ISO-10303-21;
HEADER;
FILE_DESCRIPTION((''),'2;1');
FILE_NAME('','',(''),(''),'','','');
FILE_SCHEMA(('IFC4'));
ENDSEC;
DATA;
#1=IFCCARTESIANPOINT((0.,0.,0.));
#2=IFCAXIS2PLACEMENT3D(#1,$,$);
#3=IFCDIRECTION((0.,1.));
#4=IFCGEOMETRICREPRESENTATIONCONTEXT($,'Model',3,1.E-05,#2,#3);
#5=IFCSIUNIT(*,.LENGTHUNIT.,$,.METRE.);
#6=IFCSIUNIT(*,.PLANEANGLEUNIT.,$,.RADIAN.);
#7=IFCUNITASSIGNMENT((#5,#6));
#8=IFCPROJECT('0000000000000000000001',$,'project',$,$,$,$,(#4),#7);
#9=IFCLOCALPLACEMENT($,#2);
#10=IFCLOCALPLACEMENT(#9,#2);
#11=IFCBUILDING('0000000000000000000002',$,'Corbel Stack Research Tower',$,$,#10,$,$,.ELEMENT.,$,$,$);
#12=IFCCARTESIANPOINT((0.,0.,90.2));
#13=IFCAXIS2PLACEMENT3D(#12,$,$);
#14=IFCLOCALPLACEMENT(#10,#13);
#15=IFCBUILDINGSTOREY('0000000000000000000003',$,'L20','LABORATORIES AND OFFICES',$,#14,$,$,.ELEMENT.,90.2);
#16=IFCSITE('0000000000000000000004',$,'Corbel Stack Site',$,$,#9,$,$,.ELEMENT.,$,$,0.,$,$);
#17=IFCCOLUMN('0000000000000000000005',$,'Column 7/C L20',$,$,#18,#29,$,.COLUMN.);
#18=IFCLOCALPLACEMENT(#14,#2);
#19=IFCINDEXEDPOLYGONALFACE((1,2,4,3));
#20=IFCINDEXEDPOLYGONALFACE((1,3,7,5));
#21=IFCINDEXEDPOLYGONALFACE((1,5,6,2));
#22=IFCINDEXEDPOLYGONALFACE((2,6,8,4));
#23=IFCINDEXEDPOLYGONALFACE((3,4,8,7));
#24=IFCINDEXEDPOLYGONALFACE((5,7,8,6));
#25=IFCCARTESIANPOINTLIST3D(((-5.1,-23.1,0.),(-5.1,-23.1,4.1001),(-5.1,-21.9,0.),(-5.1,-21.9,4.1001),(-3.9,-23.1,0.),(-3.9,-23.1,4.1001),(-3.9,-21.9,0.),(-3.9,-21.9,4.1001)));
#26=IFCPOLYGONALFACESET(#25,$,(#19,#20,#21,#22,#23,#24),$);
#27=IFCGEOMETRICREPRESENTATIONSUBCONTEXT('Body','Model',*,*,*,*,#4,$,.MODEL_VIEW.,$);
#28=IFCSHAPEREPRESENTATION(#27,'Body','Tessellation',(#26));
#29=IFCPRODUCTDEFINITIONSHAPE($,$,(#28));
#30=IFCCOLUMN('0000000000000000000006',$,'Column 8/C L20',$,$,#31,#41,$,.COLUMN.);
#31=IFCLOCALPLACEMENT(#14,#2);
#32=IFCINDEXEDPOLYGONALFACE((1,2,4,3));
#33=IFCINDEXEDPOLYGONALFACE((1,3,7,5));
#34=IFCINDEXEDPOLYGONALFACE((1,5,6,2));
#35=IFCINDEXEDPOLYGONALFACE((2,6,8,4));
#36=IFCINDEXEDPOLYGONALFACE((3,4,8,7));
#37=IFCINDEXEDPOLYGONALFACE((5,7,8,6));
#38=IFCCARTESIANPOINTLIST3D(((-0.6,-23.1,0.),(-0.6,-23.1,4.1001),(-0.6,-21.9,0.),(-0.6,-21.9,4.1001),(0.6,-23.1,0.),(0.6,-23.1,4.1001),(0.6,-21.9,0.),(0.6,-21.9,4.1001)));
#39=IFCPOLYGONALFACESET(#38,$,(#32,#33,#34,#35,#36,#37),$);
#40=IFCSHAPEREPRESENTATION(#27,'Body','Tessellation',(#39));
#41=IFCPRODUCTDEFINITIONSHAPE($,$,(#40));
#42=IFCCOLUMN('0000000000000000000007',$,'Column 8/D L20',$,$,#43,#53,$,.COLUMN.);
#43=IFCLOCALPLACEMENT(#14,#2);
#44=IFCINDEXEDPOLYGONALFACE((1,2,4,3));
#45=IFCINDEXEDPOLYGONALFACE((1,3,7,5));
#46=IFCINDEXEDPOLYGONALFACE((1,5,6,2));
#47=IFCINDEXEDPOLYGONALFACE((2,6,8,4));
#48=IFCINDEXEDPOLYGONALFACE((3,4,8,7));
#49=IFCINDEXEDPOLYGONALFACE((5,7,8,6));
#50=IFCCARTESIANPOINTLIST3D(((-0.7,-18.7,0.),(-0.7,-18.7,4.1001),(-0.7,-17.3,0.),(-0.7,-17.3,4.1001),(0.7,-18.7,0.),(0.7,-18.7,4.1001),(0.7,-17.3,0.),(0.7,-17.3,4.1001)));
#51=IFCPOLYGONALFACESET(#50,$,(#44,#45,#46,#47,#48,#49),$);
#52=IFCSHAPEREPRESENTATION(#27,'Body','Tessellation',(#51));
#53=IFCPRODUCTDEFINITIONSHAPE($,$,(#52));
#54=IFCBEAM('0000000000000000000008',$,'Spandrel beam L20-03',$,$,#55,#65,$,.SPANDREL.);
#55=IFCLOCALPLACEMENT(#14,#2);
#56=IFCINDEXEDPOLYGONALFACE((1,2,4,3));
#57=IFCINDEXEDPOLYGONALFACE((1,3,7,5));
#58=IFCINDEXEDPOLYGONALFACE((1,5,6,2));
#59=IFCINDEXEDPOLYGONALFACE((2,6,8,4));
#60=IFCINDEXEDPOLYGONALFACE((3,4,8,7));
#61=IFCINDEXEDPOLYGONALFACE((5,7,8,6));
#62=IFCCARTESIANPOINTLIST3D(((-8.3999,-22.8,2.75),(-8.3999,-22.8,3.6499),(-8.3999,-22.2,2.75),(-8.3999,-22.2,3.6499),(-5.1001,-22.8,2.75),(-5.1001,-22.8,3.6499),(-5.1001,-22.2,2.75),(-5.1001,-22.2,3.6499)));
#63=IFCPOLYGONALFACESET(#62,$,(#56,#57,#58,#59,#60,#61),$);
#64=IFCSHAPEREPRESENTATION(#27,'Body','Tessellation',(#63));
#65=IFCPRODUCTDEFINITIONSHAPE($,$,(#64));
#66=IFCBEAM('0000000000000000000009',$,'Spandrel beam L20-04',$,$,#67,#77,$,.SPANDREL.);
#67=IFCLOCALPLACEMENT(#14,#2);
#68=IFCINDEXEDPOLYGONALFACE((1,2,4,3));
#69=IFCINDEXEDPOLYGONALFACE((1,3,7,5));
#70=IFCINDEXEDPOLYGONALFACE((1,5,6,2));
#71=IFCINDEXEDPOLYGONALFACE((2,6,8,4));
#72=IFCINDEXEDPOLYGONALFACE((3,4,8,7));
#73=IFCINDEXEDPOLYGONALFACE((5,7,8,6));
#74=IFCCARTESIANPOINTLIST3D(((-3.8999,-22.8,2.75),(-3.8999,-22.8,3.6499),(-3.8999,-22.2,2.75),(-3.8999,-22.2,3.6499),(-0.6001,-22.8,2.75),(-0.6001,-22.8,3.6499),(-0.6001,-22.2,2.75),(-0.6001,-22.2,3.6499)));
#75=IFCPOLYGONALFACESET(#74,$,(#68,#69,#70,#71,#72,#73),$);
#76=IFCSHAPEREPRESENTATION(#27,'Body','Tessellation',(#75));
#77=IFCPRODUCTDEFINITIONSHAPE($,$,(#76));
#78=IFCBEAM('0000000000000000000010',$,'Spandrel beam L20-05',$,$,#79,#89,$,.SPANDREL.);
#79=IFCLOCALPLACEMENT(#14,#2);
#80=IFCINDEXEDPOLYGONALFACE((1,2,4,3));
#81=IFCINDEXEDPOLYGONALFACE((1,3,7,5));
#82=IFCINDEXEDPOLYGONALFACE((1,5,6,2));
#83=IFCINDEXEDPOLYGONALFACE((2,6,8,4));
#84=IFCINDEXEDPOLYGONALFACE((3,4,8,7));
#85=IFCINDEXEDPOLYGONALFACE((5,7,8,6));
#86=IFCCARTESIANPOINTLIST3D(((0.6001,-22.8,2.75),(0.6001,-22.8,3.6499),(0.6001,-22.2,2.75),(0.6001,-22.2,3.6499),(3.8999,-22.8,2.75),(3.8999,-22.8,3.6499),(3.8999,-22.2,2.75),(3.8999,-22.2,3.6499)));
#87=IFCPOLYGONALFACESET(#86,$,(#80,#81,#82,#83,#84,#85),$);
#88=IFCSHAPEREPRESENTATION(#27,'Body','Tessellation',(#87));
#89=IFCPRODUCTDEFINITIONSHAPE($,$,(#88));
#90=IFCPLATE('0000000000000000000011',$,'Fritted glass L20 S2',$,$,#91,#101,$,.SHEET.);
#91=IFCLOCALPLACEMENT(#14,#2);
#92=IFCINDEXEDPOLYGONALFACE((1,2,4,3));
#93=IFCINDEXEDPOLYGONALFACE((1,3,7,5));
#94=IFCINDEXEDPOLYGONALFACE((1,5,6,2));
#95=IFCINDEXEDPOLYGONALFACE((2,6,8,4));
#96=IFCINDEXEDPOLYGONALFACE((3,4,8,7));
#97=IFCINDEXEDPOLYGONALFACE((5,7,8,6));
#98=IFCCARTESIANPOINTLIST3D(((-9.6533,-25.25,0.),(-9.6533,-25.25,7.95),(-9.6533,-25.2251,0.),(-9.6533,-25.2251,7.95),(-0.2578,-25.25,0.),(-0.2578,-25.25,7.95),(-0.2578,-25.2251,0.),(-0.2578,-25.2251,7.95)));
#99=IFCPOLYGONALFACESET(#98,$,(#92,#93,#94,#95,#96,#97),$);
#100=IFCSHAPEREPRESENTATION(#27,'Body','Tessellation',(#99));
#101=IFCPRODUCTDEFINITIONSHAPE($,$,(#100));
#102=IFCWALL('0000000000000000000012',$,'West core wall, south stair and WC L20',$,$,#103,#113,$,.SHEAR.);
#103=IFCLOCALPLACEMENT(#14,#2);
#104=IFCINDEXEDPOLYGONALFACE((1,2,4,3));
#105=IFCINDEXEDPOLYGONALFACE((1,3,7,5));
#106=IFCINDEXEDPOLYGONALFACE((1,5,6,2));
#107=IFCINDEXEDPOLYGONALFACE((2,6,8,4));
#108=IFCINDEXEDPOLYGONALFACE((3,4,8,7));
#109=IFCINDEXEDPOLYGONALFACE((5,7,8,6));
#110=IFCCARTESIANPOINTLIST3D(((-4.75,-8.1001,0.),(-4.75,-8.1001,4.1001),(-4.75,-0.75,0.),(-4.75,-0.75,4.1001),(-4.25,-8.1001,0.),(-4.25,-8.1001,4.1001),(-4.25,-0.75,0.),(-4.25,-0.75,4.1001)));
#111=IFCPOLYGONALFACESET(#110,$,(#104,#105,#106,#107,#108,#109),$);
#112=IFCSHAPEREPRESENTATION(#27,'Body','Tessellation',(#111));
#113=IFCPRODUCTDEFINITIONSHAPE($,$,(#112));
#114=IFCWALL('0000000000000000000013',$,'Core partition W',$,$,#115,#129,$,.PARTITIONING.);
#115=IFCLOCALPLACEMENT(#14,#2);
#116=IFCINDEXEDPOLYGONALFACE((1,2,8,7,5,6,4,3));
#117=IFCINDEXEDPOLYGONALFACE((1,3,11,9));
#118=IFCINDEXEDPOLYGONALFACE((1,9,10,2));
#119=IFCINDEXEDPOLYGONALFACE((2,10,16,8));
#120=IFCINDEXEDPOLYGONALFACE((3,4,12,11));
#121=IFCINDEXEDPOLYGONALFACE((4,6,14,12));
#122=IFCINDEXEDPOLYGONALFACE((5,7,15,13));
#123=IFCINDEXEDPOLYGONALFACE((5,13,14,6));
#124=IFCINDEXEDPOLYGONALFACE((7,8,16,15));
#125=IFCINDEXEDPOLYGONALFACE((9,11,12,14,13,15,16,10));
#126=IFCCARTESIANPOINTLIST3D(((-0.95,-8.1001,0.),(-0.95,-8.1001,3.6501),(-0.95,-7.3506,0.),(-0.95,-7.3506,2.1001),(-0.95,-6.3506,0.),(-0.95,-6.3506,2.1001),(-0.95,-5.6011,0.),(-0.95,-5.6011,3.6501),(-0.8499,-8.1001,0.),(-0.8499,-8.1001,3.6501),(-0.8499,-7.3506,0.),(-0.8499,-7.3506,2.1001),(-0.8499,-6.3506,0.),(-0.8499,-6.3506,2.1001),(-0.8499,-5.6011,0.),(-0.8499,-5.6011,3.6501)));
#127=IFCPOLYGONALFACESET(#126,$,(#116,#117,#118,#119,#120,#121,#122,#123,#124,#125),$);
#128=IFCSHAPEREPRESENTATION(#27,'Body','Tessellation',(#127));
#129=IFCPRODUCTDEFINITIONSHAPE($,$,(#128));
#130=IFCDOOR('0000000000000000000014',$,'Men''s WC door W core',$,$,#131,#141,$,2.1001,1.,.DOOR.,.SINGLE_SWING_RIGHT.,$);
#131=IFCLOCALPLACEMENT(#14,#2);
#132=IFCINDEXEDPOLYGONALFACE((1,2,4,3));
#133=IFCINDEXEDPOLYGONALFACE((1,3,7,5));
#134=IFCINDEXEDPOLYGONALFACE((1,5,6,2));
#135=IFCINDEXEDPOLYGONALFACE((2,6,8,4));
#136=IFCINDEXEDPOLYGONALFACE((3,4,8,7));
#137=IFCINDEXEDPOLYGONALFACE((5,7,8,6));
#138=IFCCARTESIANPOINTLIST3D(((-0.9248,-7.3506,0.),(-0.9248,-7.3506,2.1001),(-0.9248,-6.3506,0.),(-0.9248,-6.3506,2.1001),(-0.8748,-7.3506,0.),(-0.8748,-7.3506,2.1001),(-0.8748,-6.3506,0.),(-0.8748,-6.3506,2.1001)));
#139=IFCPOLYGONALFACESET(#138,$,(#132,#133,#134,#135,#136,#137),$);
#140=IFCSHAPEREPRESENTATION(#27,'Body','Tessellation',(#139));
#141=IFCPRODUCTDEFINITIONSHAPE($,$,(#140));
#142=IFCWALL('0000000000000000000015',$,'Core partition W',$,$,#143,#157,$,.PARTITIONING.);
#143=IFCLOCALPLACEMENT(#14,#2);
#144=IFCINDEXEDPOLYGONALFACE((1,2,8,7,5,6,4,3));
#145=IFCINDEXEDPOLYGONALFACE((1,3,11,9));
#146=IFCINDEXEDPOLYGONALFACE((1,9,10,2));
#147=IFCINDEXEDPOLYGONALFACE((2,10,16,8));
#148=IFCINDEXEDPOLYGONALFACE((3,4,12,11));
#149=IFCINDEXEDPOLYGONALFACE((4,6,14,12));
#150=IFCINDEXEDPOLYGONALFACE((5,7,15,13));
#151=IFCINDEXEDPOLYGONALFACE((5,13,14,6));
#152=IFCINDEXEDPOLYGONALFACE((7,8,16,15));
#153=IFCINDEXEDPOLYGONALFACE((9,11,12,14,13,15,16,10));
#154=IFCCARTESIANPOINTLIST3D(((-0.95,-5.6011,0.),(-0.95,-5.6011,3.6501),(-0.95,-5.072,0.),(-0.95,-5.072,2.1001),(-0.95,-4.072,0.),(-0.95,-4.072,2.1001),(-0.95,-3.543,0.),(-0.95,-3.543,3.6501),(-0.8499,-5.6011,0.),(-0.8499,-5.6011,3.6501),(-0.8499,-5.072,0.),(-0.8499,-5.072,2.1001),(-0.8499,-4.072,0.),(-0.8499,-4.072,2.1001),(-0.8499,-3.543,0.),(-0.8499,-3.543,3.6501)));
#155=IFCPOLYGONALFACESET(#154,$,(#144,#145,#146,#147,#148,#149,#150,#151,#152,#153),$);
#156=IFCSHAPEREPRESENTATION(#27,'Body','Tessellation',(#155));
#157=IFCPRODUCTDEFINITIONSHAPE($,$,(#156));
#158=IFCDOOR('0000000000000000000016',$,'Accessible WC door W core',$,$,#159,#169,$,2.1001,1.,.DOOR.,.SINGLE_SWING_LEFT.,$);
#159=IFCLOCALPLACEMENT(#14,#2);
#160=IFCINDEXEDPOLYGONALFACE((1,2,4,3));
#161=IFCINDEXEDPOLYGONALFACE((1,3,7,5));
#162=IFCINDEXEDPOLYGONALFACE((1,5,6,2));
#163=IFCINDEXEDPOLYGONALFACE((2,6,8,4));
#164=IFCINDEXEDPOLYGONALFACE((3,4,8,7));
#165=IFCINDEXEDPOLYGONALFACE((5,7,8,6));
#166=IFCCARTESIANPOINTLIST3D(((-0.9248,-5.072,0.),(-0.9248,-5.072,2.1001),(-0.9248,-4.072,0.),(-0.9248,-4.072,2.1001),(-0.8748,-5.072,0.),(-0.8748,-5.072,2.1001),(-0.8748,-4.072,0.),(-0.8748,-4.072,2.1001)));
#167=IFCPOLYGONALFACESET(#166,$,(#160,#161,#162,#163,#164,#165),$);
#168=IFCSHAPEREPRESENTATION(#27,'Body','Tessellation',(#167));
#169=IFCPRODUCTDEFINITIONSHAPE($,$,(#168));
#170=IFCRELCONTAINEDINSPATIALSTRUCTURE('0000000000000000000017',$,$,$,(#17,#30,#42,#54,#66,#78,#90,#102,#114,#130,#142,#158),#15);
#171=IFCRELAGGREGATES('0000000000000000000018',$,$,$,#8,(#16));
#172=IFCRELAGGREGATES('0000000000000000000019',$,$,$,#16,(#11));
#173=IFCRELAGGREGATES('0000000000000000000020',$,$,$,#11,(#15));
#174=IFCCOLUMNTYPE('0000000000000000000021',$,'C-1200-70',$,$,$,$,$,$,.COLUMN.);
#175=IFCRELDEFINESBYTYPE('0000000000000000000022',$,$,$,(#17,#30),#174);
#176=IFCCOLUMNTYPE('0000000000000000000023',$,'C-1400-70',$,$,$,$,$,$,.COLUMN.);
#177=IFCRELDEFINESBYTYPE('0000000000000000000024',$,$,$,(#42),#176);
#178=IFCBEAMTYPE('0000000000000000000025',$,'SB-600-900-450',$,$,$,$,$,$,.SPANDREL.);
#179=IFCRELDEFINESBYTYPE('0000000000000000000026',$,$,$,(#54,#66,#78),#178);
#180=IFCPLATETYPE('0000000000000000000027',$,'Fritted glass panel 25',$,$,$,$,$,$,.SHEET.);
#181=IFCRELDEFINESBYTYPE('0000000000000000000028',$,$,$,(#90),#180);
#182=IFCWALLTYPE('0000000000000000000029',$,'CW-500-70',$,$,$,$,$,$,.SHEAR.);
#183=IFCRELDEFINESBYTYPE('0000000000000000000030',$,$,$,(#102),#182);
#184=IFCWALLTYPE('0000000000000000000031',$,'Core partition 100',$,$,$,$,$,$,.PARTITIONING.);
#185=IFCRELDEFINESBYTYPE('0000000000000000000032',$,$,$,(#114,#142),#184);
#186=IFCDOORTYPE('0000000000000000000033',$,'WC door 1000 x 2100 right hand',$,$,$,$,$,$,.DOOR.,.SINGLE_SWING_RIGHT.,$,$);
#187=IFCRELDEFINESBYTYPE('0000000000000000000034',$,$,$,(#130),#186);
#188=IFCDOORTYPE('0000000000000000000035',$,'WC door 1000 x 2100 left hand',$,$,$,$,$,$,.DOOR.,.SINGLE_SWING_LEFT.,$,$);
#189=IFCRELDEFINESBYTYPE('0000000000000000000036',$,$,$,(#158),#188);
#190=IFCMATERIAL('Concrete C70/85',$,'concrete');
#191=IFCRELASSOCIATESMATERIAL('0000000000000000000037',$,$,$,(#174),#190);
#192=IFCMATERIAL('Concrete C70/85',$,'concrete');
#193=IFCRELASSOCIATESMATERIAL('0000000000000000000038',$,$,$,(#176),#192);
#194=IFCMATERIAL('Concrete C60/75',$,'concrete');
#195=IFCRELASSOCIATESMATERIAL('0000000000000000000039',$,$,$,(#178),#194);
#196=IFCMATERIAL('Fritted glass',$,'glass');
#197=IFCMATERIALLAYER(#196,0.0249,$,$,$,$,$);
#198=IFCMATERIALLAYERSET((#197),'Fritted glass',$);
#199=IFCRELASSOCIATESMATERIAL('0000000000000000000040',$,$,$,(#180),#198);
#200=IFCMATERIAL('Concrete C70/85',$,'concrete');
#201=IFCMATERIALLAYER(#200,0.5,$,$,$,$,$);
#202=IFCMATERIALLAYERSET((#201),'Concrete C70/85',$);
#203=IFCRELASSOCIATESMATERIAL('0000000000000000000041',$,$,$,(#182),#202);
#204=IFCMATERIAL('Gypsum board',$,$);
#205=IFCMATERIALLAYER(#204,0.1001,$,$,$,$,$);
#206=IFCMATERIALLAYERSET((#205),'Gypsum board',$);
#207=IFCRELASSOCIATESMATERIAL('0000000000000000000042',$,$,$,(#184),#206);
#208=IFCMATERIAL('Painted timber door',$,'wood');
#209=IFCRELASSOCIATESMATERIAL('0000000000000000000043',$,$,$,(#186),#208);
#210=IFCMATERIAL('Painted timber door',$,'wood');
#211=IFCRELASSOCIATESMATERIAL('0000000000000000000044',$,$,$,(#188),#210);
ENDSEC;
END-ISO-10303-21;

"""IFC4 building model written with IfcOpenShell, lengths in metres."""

from ifc_helpers import new_model, si_unit, direction, frame, frame_2d, origin, origin_2d, place, context, subcontext, project, spatial, rectangle, extrude, material, layer, layer_set, material_profile, profile_set, type_object, element, fill, save


model = new_model("IFC4")

# Units and contexts
model_context = context("Model", 3, precision=1e-05, world=origin(), true_north=direction((0.0, 1.0)))
body_context = subcontext(model_context, "Body", "Model", "MODEL_VIEW")
ifc_project = project(units=[si_unit("LENGTHUNIT", "METRE"), si_unit("PLANEANGLEUNIT", "RADIAN")], contexts=[model_context])

# Site, building, storey
site_placement = place(None, origin())
site = spatial("IfcSite", under=ifc_project, at=site_placement, Name="Corbel Stack Site", CompositionType="ELEMENT", RefElevation=0.0)
building_placement = place(site_placement, origin())
building = spatial("IfcBuilding", under=site, at=building_placement, Name="Corbel Stack Research Tower", CompositionType="ELEMENT")
storey_placement = place(building_placement, frame((0.0, 0.0, 90.2)))
storey = spatial("IfcBuildingStorey", under=building, at=storey_placement, Name="L20", Description="LABORATORIES AND OFFICES", CompositionType="ELEMENT", Elevation=90.2)

# Columns
ifc_material_1 = material(Name="Concrete C70/85", Category="concrete")
ifc_material_profile_1 = material_profile(ifc_material_1, rectangle(XDim=1.2, YDim=1.2, at=origin_2d()), Name="RC 1200 x 1200")
ifc_profile_set_1 = profile_set([ifc_material_profile_1], Name="Concrete C70/85")
column_type_1 = type_object("IfcColumnType", Name="C-1200-70", PredefinedType="COLUMN", material=ifc_profile_set_1)
for number, where, z_axis, x_axis, name in (
    (1, (-4.5, -22.5, 0.0), (0.0, 0.0, 1.0), (1.0, 0.0, 0.0), "Column 7/C L20"),
    (2, (0.0, -22.5, 0.0), (0.0, 0.0, 1.0), (1.0, 0.0, 0.0), "Column 8/C L20"),
):
    element("IfcColumn", number, at=place(storey_placement, frame(where, z_axis=z_axis, x_axis=x_axis)), inside=storey, type_object=column_type_1, Name=name, PredefinedType="COLUMN", context=body_context, shape_type="SweptSolid", body=[
        extrude(rectangle(XDim=1.2, YDim=1.2, at=origin_2d()), origin(), (0.0, 0.0, 1.0), 4.1001),
    ])
ifc_material_2 = material(Name="Concrete C70/85", Category="concrete")
ifc_material_profile_2 = material_profile(ifc_material_2, rectangle(XDim=1.3999, YDim=1.3999, at=origin_2d()), Name="RC 1400 x 1400")
ifc_profile_set_2 = profile_set([ifc_material_profile_2], Name="Concrete C70/85")
column_type_2 = type_object("IfcColumnType", Name="C-1400-70", PredefinedType="COLUMN", material=ifc_profile_set_2)
column_placement = place(storey_placement, frame((0.0, -18.0, 0.0), z_axis=(0.0, 0.0, 1.0), x_axis=(1.0, 0.0, 0.0)))
element("IfcColumn", 3, at=column_placement, inside=storey, type_object=column_type_2, Name="Column 8/D L20", PredefinedType="COLUMN", context=body_context, shape_type="SweptSolid", body=[
    extrude(rectangle(XDim=1.3999, YDim=1.3999, at=origin_2d()), origin(), (0.0, 0.0, 1.0), 4.1001),
])

# Beams
ifc_material_3 = material(Name="Concrete C60/75", Category="concrete")
ifc_material_profile_3 = material_profile(ifc_material_3, rectangle(XDim=0.6001, YDim=0.8999, at=origin_2d()), Name="RC 600 x 900")
ifc_profile_set_3 = profile_set([ifc_material_profile_3], Name="Concrete C60/75")
beam_type = type_object("IfcBeamType", Name="SB-600-900-450", PredefinedType="SPANDREL", material=ifc_profile_set_3)
for number, where, z_axis, x_axis, name in (
    (4, (-8.3999, -22.5, 3.2), (1.0, 0.0, 0.0), (0.0, 1.0, 0.0), "Spandrel beam L20-03"),
    (5, (-3.8999, -22.5, 3.2), (1.0, 0.0, 0.0), (0.0, 1.0, 0.0), "Spandrel beam L20-04"),
    (6, (0.6001, -22.5, 3.2), (1.0, 0.0, 0.0), (0.0, 1.0, 0.0), "Spandrel beam L20-05"),
):
    element("IfcBeam", number, at=place(storey_placement, frame(where, z_axis=z_axis, x_axis=x_axis)), inside=storey, type_object=beam_type, Name=name, PredefinedType="SPANDREL", context=body_context, shape_type="SweptSolid", body=[
        extrude(rectangle(XDim=0.6001, YDim=0.8999, at=origin_2d()), origin(), (0.0, 0.0, 1.0), 3.2998),
    ])

# Plate
ifc_material_4 = material(Name="Fritted glass", Category="glass")
ifc_layer_1 = layer(ifc_material_4, 0.0249)
ifc_layer_set_1 = layer_set([ifc_layer_1], Name="Fritted glass")
plate_type = type_object("IfcPlateType", Name="Fritted glass panel 25", PredefinedType="SHEET", material=ifc_layer_set_1)
plate_placement = place(storey_placement, frame((-4.9556, -25.2375, 0.0), z_axis=(0.0, 0.0, 1.0), x_axis=(1.0, 0.0, 0.0)))
element("IfcPlate", 7, at=plate_placement, inside=storey, type_object=plate_type, Name="Fritted glass L20 S2", PredefinedType="SHEET", context=body_context, shape_type="SweptSolid", body=[
    extrude(rectangle(XDim=9.3955, YDim=0.0249, at=origin_2d()), origin(), (0.0, 0.0, 1.0), 7.95),
])

# Wall
ifc_material_5 = material(Name="Concrete C70/85", Category="concrete")
ifc_layer_2 = layer(ifc_material_5, 0.5)
ifc_layer_set_2 = layer_set([ifc_layer_2], Name="Concrete C70/85")
wall_type_1 = type_object("IfcWallType", Name="CW-500-70", PredefinedType="SHEAR", material=ifc_layer_set_2)
wall_1_placement = place(storey_placement, frame((-4.5, -8.1001, 0.0), z_axis=(0.0, 0.0, 1.0), x_axis=(0.0, 1.0, 0.0)))
element("IfcWall", 8, at=wall_1_placement, inside=storey, type_object=wall_type_1, Name="West core wall, south stair and WC L20", PredefinedType="SHEAR", context=body_context, shape_type="SweptSolid", body=[
    extrude(rectangle(XDim=7.3501, YDim=0.5, at=frame_2d((3.675, 0.0))), origin(), (0.0, 0.0, 1.0), 4.1001),
])

# Walls, openings, doors
ifc_material_6 = material(Name="Gypsum board")
ifc_layer_3 = layer(ifc_material_6, 0.1001)
ifc_layer_set_3 = layer_set([ifc_layer_3], Name="Gypsum board")
wall_type_2 = type_object("IfcWallType", Name="Core partition 100", PredefinedType="PARTITIONING", material=ifc_layer_set_3)
wall_2_placement = place(storey_placement, frame((-0.8999, -8.1001, 0.0), z_axis=(0.0, 0.0, 1.0), x_axis=(0.0, 1.0, 0.0)))
wall_2 = element("IfcWall", 9, at=wall_2_placement, inside=storey, type_object=wall_type_2, Name="Core partition W", PredefinedType="PARTITIONING", context=body_context, shape_type="SweptSolid", body=[
    extrude(rectangle(XDim=2.499, YDim=0.1001, at=frame_2d((1.2495, 0.0))), origin(), (0.0, 0.0, 1.0), 3.6501),
])
opening_1_placement = place(wall_2_placement, frame((0.7495, 0.0, 0.0)))
opening_1 = element("IfcOpeningElement", 10, at=opening_1_placement, cuts=wall_2, PredefinedType="OPENING", context=body_context, shape_type="SweptSolid", body=[
    extrude(rectangle(XDim=1.0, YDim=2.1001, at=frame_2d((0.5, 1.05))), frame((0.0, 0.0601, 0.0), z_axis=(0.0, -1.0, 0.0), x_axis=(1.0, 0.0, 0.0)), (0.0, 0.0, 1.0), 0.1201),
])
ifc_material_7 = material(Name="Painted timber door", Category="wood")
door_type_1 = type_object("IfcDoorType", Name="WC door 1000 x 2100 right hand", OperationType="SINGLE_SWING_RIGHT", PredefinedType="DOOR", material=ifc_material_7)
door_1_placement = place(opening_1_placement, origin())
door_1 = element("IfcDoor", 11, at=door_1_placement, inside=storey, type_object=door_type_1, Name="Men's WC door W core", OperationType="SINGLE_SWING_RIGHT", OverallHeight=2.1001, OverallWidth=1.0, PredefinedType="DOOR", context=body_context, shape_type="SweptSolid", body=[
    extrude(rectangle(XDim=1.0, YDim=2.1001, at=frame_2d((0.5, 1.05))), frame((0.0, 0.0249, 0.0), z_axis=(0.0, -1.0, 0.0), x_axis=(1.0, 0.0, 0.0)), (0.0, 0.0, 1.0), 0.05),
])
fill(opening_1, door_1)
wall_3_placement = place(storey_placement, frame((-0.8999, -5.6011, 0.0), z_axis=(0.0, 0.0, 1.0), x_axis=(0.0, 1.0, 0.0)))
wall_3 = element("IfcWall", 12, at=wall_3_placement, inside=storey, type_object=wall_type_2, Name="Core partition W", PredefinedType="PARTITIONING", context=body_context, shape_type="SweptSolid", body=[
    extrude(rectangle(XDim=2.0581, YDim=0.1001, at=frame_2d((1.0291, 0.0))), origin(), (0.0, 0.0, 1.0), 3.6501),
])
opening_2_placement = place(wall_3_placement, frame((0.5291, 0.0, 0.0)))
opening_2 = element("IfcOpeningElement", 13, at=opening_2_placement, cuts=wall_3, PredefinedType="OPENING", context=body_context, shape_type="SweptSolid", body=[
    extrude(rectangle(XDim=1.0, YDim=2.1001, at=frame_2d((0.5, 1.05))), frame((0.0, 0.0601, 0.0), z_axis=(0.0, -1.0, 0.0), x_axis=(1.0, 0.0, 0.0)), (0.0, 0.0, 1.0), 0.1201),
])
ifc_material_8 = material(Name="Painted timber door", Category="wood")
door_type_2 = type_object("IfcDoorType", Name="WC door 1000 x 2100 left hand", OperationType="SINGLE_SWING_LEFT", PredefinedType="DOOR", material=ifc_material_8)
door_2_placement = place(opening_2_placement, origin())
door_2 = element("IfcDoor", 14, at=door_2_placement, inside=storey, type_object=door_type_2, Name="Accessible WC door W core", OperationType="SINGLE_SWING_LEFT", OverallHeight=2.1001, OverallWidth=1.0, PredefinedType="DOOR", context=body_context, shape_type="SweptSolid", body=[
    extrude(rectangle(XDim=1.0, YDim=2.1001, at=frame_2d((0.5, 1.05))), frame((0.0, 0.0249, 0.0), z_axis=(0.0, -1.0, 0.0), x_axis=(1.0, 0.0, 0.0)), (0.0, 0.0, 1.0), 0.05),
])
fill(opening_2, door_2)

save(model, "model.ifc")
